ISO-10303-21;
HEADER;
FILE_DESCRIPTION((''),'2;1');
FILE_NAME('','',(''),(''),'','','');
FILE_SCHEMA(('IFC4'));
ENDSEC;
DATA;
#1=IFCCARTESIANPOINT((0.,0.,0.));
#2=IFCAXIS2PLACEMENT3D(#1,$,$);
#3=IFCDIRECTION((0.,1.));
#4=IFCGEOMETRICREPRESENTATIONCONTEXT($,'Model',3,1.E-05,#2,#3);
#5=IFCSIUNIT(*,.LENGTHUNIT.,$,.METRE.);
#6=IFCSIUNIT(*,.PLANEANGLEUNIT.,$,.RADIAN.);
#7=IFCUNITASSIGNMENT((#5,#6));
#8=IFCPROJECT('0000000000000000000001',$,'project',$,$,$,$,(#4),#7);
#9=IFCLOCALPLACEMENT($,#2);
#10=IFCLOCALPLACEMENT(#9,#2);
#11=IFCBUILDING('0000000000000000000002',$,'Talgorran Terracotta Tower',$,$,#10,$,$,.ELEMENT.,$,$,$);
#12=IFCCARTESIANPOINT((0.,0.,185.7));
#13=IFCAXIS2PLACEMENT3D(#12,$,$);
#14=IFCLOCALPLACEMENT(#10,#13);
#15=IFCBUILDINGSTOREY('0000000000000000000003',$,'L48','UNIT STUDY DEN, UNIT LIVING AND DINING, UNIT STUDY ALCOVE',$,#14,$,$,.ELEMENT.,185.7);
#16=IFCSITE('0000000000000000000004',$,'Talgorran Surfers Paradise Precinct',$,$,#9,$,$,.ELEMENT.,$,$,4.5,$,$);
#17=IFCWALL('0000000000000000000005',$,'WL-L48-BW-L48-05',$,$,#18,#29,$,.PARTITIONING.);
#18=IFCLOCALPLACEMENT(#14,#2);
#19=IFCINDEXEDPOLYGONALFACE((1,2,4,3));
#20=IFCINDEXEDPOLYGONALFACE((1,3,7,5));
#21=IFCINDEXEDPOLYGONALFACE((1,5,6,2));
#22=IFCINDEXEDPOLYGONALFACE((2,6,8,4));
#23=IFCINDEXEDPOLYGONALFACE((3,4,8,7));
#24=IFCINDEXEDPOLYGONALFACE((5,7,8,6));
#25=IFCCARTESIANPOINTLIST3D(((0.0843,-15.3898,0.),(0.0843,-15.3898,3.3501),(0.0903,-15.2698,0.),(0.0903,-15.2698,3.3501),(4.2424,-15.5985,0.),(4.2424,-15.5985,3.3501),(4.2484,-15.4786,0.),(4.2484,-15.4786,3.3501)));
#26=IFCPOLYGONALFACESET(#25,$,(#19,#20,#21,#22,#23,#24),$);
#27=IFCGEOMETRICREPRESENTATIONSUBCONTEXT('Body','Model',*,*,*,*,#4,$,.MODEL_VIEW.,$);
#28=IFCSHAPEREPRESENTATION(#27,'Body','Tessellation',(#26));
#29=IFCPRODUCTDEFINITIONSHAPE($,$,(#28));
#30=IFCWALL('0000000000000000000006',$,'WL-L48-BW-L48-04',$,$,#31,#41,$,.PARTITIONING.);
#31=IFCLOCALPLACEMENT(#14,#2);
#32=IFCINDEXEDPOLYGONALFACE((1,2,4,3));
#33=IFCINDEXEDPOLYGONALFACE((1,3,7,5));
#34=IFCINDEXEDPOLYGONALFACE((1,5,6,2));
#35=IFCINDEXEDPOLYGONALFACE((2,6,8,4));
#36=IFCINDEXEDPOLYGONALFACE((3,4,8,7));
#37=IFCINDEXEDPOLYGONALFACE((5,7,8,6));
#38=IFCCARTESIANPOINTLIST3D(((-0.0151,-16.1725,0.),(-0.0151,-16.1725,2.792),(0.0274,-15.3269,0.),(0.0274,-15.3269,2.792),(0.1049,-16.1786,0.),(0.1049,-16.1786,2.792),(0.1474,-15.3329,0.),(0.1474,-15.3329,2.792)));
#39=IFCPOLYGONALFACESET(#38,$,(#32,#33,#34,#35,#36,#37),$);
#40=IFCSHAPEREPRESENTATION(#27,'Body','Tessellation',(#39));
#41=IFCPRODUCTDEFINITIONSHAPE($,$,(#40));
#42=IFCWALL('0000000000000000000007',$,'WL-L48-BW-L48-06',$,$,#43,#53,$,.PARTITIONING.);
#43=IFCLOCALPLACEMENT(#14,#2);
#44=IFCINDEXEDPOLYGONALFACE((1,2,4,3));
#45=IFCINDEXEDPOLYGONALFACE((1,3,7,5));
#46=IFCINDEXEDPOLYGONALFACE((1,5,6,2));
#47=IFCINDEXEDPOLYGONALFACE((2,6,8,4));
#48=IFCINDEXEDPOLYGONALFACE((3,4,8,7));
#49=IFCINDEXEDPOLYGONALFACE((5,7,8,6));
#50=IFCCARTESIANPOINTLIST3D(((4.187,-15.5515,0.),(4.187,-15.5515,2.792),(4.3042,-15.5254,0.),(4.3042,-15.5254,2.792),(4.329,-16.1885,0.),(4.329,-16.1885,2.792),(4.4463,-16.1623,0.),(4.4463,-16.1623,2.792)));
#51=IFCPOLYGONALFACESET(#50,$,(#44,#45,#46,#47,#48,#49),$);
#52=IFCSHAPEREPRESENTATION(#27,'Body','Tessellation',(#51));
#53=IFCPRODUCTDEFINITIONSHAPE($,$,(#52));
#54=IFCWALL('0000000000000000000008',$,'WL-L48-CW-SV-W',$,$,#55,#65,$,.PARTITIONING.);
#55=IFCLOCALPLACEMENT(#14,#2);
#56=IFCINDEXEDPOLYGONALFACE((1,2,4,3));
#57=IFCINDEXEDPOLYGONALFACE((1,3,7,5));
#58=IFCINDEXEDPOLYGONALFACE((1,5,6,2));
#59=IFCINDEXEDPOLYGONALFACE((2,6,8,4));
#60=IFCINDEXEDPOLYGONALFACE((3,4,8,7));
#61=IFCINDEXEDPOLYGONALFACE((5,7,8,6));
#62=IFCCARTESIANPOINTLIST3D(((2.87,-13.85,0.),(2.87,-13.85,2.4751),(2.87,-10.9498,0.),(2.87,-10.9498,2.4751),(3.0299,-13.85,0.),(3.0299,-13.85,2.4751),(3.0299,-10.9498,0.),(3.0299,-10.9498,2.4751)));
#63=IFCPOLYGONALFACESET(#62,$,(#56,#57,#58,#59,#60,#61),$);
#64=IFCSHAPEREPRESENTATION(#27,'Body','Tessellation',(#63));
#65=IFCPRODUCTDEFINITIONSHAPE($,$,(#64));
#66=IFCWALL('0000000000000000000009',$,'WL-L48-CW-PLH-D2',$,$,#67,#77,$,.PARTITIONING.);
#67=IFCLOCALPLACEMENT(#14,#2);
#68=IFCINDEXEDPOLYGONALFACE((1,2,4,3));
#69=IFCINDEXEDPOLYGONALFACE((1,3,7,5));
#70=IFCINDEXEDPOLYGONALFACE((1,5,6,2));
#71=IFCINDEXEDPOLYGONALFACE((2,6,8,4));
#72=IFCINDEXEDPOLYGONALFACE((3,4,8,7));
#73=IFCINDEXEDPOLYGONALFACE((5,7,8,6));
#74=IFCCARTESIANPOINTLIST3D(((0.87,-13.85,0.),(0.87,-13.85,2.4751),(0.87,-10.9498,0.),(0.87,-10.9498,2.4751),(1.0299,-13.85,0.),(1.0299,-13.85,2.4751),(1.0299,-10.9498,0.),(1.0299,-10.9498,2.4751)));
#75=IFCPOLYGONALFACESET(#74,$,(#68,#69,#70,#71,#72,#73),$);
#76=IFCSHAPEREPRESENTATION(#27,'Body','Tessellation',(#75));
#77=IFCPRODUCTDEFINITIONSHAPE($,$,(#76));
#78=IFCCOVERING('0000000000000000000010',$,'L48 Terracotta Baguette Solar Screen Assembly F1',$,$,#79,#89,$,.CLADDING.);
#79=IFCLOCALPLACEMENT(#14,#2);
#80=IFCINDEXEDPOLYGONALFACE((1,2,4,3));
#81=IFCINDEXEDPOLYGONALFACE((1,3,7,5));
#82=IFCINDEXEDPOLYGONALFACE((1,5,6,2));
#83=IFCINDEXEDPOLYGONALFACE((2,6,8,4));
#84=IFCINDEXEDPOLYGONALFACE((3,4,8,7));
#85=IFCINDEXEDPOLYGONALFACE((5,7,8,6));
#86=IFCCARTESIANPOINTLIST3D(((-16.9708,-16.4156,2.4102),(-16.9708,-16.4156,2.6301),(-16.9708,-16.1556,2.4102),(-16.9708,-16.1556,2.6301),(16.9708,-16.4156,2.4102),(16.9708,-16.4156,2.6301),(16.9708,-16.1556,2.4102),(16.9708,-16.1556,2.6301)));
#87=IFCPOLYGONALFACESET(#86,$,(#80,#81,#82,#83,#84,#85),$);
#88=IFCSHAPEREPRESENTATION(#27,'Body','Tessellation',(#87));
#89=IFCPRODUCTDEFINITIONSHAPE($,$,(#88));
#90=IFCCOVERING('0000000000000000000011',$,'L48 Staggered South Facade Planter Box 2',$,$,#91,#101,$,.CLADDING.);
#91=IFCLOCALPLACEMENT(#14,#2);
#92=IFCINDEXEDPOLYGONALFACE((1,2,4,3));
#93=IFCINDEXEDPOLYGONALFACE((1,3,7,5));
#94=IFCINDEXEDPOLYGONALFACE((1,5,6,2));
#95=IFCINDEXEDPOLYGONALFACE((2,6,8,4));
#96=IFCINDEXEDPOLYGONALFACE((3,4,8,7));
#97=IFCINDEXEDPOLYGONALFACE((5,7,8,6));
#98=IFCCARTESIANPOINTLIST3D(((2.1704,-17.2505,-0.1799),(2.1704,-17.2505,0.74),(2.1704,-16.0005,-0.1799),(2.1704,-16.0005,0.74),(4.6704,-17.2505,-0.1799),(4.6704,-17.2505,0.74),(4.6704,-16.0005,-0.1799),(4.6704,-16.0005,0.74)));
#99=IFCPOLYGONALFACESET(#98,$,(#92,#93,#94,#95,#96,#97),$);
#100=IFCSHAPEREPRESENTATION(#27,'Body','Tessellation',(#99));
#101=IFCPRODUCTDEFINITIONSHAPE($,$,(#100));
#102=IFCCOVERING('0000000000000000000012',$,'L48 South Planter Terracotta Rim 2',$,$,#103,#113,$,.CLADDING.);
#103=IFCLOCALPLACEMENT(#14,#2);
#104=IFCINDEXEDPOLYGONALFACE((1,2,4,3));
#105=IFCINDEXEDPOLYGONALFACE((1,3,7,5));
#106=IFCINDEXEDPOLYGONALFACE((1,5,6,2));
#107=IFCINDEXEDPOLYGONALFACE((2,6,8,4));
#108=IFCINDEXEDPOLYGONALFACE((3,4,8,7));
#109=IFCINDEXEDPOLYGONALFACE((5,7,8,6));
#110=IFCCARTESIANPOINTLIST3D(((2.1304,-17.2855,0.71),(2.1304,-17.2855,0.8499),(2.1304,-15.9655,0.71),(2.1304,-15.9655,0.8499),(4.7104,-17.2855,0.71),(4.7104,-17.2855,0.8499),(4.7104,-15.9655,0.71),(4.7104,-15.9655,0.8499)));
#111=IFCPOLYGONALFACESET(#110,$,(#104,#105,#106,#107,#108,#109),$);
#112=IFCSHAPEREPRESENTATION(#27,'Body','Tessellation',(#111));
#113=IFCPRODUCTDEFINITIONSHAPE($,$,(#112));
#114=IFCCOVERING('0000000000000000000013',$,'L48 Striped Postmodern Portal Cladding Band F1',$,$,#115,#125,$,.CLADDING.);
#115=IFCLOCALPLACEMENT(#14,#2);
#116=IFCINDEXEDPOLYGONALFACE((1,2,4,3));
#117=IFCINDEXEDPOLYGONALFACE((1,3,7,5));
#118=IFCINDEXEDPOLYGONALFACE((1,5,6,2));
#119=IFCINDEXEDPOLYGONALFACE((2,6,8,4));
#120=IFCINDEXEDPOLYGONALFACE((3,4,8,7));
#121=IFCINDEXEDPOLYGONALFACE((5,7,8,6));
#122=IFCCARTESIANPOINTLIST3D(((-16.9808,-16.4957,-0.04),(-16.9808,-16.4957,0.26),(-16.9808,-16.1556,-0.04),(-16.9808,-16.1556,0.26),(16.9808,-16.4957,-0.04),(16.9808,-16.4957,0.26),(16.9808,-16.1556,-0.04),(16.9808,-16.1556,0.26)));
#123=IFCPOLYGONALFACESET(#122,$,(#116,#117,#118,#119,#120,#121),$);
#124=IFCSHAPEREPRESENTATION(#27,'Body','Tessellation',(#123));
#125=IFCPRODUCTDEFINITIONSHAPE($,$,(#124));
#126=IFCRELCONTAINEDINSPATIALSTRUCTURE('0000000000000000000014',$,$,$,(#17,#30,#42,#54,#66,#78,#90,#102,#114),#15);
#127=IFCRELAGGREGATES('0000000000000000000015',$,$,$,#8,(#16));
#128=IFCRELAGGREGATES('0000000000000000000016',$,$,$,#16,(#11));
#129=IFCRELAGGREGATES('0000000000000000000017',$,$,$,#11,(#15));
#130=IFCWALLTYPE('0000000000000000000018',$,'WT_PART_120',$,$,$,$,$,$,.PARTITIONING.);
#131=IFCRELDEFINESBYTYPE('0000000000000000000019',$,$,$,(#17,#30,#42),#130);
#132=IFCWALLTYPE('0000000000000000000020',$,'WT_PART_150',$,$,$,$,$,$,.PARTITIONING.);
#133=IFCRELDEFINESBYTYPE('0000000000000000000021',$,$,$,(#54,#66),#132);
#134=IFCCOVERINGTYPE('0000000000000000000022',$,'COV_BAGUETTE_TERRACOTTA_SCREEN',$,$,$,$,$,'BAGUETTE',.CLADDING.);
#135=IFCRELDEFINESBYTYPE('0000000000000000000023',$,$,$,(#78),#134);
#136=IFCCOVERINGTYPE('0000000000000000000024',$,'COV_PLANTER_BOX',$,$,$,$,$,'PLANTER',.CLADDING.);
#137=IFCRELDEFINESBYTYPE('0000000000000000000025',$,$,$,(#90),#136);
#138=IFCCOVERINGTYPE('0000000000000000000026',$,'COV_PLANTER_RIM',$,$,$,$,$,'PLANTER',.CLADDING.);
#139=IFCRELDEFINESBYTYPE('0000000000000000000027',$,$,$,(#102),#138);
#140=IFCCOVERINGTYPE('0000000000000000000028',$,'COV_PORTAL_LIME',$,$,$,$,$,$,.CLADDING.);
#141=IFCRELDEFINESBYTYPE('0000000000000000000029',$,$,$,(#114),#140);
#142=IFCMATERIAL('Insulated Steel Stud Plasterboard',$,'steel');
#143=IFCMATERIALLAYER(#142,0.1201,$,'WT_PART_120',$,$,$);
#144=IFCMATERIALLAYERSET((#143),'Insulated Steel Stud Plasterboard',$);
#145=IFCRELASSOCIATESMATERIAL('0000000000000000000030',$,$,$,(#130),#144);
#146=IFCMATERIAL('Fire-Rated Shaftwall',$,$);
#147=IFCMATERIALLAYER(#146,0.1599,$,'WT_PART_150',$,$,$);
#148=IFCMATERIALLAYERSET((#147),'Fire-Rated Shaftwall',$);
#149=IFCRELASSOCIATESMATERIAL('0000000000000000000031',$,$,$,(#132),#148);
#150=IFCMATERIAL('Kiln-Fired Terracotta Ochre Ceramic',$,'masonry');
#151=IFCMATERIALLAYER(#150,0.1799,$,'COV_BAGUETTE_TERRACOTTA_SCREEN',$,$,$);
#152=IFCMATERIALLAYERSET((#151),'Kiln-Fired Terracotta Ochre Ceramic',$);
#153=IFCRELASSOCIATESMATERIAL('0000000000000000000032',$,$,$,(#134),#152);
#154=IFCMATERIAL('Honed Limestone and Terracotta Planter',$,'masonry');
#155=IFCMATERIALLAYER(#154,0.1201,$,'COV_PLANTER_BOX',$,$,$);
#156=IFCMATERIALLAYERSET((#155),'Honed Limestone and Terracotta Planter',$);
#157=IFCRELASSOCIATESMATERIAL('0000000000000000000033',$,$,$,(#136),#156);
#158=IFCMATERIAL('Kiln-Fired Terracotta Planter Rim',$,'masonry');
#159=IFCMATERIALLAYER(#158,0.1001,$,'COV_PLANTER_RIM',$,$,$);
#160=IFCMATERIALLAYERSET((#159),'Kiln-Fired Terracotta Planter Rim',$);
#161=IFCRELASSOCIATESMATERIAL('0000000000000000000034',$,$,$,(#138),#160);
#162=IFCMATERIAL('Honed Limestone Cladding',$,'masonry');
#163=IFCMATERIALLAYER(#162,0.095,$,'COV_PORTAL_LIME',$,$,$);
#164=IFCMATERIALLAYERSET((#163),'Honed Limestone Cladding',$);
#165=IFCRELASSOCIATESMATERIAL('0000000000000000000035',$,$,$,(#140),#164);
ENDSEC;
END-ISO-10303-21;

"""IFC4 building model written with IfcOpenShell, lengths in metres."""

from ifc_helpers import new_model, si_unit, direction, frame, frame_2d, origin, origin_2d, place, context, subcontext, project, spatial, rectangle, extrude, material, layer, layer_set, type_object, element, save


model = new_model("IFC4")

# Units and contexts
model_context = context("Model", 3, precision=1e-05, world=origin(), true_north=direction((0.0, 1.0)))
body_context = subcontext(model_context, "Body", "Model", "MODEL_VIEW")
ifc_project = project(units=[si_unit("LENGTHUNIT", "METRE"), si_unit("PLANEANGLEUNIT", "RADIAN")], contexts=[model_context])

# Site, building, storey
site_placement = place(None, origin())
site = spatial("IfcSite", under=ifc_project, at=site_placement, Name="Talgorran Surfers Paradise Precinct", CompositionType="ELEMENT", RefElevation=4.5)
building_placement = place(site_placement, origin())
building = spatial("IfcBuilding", under=site, at=building_placement, Name="Talgorran Terracotta Tower", CompositionType="ELEMENT")
storey_placement = place(building_placement, frame((0.0, 0.0, 185.7)))
storey = spatial("IfcBuildingStorey", under=building, at=storey_placement, Name="L48", Description="UNIT STUDY DEN, UNIT LIVING AND DINING, UNIT STUDY ALCOVE", CompositionType="ELEMENT", Elevation=185.7)

# Walls
ifc_material_1 = material(Name="Insulated Steel Stud Plasterboard", Category="steel")
ifc_layer_1 = layer(ifc_material_1, 0.1201, Name="WT_PART_120")
ifc_layer_set_1 = layer_set([ifc_layer_1], Name="Insulated Steel Stud Plasterboard")
wall_type_1 = type_object("IfcWallType", Name="WT_PART_120", PredefinedType="PARTITIONING", material=ifc_layer_set_1)
wall_1_placement = place(storey_placement, frame((0.0874, -15.3298, 0.0), z_axis=(0.0, 0.0, 1.0), x_axis=(0.998742, -0.050136, 0.0)))
element("IfcWall", 1, at=wall_1_placement, inside=storey, type_object=wall_type_1, Name="WL-L48-BW-L48-05", PredefinedType="PARTITIONING", context=body_context, shape_type="SweptSolid", body=[
    extrude(rectangle(XDim=4.1633, YDim=0.1201, at=frame_2d((2.0815, 0.0))), origin(), (0.0, 0.0, 1.0), 3.3501),
])
wall_2_placement = place(storey_placement, frame((0.0449, -16.1755, 0.0), z_axis=(0.0, 0.0, 1.0), x_axis=(0.050168, 0.998741, 0.0)))
element("IfcWall", 2, at=wall_2_placement, inside=storey, type_object=wall_type_1, Name="WL-L48-BW-L48-04", PredefinedType="PARTITIONING", context=body_context, shape_type="SweptSolid", body=[
    extrude(rectangle(XDim=0.8467, YDim=0.1201, at=frame_2d((0.4233, 0.0))), origin(), (0.0, 0.0, 1.0), 2.792),
])
wall_3_placement = place(storey_placement, frame((4.2456, -15.5386, 0.0), z_axis=(0.0, 0.0, 1.0), x_axis=(0.217723, -0.976011, 0.0)))
element("IfcWall", 3, at=wall_3_placement, inside=storey, type_object=wall_type_1, Name="WL-L48-BW-L48-06", PredefinedType="PARTITIONING", context=body_context, shape_type="SweptSolid", body=[
    extrude(rectangle(XDim=0.6526, YDim=0.1201, at=frame_2d((0.3262, 0.0))), origin(), (0.0, 0.0, 1.0), 2.792),
])
ifc_material_2 = material(Name="Fire-Rated Shaftwall")
ifc_layer_2 = layer(ifc_material_2, 0.1599, Name="WT_PART_150")
ifc_layer_set_2 = layer_set([ifc_layer_2], Name="Fire-Rated Shaftwall")
wall_type_2 = type_object("IfcWallType", Name="WT_PART_150", PredefinedType="PARTITIONING", material=ifc_layer_set_2)
for number, where, z_axis, x_axis, name in (
    (4, (2.95, -13.8501, 0.0), (0.0, 0.0, 1.0), (0.0, 1.0, 0.0), "WL-L48-CW-SV-W"),
    (5, (0.95, -13.8501, 0.0), (0.0, 0.0, 1.0), (0.0, 1.0, 0.0), "WL-L48-CW-PLH-D2"),
):
    element("IfcWall", number, at=place(storey_placement, frame(where, z_axis=z_axis, x_axis=x_axis)), inside=storey, type_object=wall_type_2, Name=name, PredefinedType="PARTITIONING", context=body_context, shape_type="SweptSolid", body=[
        extrude(rectangle(XDim=2.9001, YDim=0.1599, at=frame_2d((1.4502, 0.0))), origin(), (0.0, 0.0, 1.0), 2.4751),
    ])

# Coverings
ifc_material_3 = material(Name="Kiln-Fired Terracotta Ochre Ceramic", Category="masonry")
ifc_layer_3 = layer(ifc_material_3, 0.1799, Name="COV_BAGUETTE_TERRACOTTA_SCREEN")
ifc_layer_set_3 = layer_set([ifc_layer_3], Name="Kiln-Fired Terracotta Ochre Ceramic")
covering_type_1 = type_object("IfcCoveringType", Name="COV_BAGUETTE_TERRACOTTA_SCREEN", ElementType="BAGUETTE", PredefinedType="CLADDING", material=ifc_layer_set_3)
covering_1_placement = place(storey_placement, frame((0.0, -16.2856, 2.4102), z_axis=(0.0, 0.0, 1.0), x_axis=(1.0, 0.0, 0.0)))
element("IfcCovering", 6, at=covering_1_placement, inside=storey, type_object=covering_type_1, Name="L48 Terracotta Baguette Solar Screen Assembly F1", PredefinedType="CLADDING", context=body_context, shape_type="SweptSolid", body=[
    extrude(rectangle(XDim=33.9417, YDim=0.26, at=origin_2d()), origin(), (0.0, 0.0, 1.0), 0.22),
])
ifc_material_4 = material(Name="Honed Limestone and Terracotta Planter", Category="masonry")
ifc_layer_4 = layer(ifc_material_4, 0.1201, Name="COV_PLANTER_BOX")
ifc_layer_set_4 = layer_set([ifc_layer_4], Name="Honed Limestone and Terracotta Planter")
covering_type_2 = type_object("IfcCoveringType", Name="COV_PLANTER_BOX", ElementType="PLANTER", PredefinedType="CLADDING", material=ifc_layer_set_4)
covering_2_placement = place(storey_placement, frame((3.4204, -16.6255, -0.1799), z_axis=(0.0, 0.0, 1.0), x_axis=(1.0, 0.0, 0.0)))
element("IfcCovering", 7, at=covering_2_placement, inside=storey, type_object=covering_type_2, Name="L48 Staggered South Facade Planter Box 2", PredefinedType="CLADDING", context=body_context, shape_type="SweptSolid", body=[
    extrude(rectangle(XDim=2.5, YDim=1.25, at=origin_2d()), origin(), (0.0, 0.0, 1.0), 0.9199),
])
ifc_material_5 = material(Name="Kiln-Fired Terracotta Planter Rim", Category="masonry")
ifc_layer_5 = layer(ifc_material_5, 0.1001, Name="COV_PLANTER_RIM")
ifc_layer_set_5 = layer_set([ifc_layer_5], Name="Kiln-Fired Terracotta Planter Rim")
covering_type_3 = type_object("IfcCoveringType", Name="COV_PLANTER_RIM", ElementType="PLANTER", PredefinedType="CLADDING", material=ifc_layer_set_5)
covering_3_placement = place(storey_placement, frame((3.4204, -16.6255, 0.71), z_axis=(0.0, 0.0, 1.0), x_axis=(1.0, 0.0, 0.0)))
element("IfcCovering", 8, at=covering_3_placement, inside=storey, type_object=covering_type_3, Name="L48 South Planter Terracotta Rim 2", PredefinedType="CLADDING", context=body_context, shape_type="SweptSolid", body=[
    extrude(rectangle(XDim=2.5801, YDim=1.3201, at=origin_2d()), origin(), (0.0, 0.0, 1.0), 0.1399),
])
ifc_material_6 = material(Name="Honed Limestone Cladding", Category="masonry")
ifc_layer_6 = layer(ifc_material_6, 0.095, Name="COV_PORTAL_LIME")
ifc_layer_set_6 = layer_set([ifc_layer_6], Name="Honed Limestone Cladding")
covering_type_4 = type_object("IfcCoveringType", Name="COV_PORTAL_LIME", PredefinedType="CLADDING", material=ifc_layer_set_6)
covering_4_placement = place(storey_placement, frame((0.0, -16.3257, -0.04), z_axis=(0.0, 0.0, 1.0), x_axis=(1.0, 0.0, 0.0)))
element("IfcCovering", 9, at=covering_4_placement, inside=storey, type_object=covering_type_4, Name="L48 Striped Postmodern Portal Cladding Band F1", PredefinedType="CLADDING", context=body_context, shape_type="SweptSolid", body=[
    extrude(rectangle(XDim=33.9617, YDim=0.3401, at=origin_2d()), origin(), (0.0, 0.0, 1.0), 0.3),
])

save(model, "model.ifc")
